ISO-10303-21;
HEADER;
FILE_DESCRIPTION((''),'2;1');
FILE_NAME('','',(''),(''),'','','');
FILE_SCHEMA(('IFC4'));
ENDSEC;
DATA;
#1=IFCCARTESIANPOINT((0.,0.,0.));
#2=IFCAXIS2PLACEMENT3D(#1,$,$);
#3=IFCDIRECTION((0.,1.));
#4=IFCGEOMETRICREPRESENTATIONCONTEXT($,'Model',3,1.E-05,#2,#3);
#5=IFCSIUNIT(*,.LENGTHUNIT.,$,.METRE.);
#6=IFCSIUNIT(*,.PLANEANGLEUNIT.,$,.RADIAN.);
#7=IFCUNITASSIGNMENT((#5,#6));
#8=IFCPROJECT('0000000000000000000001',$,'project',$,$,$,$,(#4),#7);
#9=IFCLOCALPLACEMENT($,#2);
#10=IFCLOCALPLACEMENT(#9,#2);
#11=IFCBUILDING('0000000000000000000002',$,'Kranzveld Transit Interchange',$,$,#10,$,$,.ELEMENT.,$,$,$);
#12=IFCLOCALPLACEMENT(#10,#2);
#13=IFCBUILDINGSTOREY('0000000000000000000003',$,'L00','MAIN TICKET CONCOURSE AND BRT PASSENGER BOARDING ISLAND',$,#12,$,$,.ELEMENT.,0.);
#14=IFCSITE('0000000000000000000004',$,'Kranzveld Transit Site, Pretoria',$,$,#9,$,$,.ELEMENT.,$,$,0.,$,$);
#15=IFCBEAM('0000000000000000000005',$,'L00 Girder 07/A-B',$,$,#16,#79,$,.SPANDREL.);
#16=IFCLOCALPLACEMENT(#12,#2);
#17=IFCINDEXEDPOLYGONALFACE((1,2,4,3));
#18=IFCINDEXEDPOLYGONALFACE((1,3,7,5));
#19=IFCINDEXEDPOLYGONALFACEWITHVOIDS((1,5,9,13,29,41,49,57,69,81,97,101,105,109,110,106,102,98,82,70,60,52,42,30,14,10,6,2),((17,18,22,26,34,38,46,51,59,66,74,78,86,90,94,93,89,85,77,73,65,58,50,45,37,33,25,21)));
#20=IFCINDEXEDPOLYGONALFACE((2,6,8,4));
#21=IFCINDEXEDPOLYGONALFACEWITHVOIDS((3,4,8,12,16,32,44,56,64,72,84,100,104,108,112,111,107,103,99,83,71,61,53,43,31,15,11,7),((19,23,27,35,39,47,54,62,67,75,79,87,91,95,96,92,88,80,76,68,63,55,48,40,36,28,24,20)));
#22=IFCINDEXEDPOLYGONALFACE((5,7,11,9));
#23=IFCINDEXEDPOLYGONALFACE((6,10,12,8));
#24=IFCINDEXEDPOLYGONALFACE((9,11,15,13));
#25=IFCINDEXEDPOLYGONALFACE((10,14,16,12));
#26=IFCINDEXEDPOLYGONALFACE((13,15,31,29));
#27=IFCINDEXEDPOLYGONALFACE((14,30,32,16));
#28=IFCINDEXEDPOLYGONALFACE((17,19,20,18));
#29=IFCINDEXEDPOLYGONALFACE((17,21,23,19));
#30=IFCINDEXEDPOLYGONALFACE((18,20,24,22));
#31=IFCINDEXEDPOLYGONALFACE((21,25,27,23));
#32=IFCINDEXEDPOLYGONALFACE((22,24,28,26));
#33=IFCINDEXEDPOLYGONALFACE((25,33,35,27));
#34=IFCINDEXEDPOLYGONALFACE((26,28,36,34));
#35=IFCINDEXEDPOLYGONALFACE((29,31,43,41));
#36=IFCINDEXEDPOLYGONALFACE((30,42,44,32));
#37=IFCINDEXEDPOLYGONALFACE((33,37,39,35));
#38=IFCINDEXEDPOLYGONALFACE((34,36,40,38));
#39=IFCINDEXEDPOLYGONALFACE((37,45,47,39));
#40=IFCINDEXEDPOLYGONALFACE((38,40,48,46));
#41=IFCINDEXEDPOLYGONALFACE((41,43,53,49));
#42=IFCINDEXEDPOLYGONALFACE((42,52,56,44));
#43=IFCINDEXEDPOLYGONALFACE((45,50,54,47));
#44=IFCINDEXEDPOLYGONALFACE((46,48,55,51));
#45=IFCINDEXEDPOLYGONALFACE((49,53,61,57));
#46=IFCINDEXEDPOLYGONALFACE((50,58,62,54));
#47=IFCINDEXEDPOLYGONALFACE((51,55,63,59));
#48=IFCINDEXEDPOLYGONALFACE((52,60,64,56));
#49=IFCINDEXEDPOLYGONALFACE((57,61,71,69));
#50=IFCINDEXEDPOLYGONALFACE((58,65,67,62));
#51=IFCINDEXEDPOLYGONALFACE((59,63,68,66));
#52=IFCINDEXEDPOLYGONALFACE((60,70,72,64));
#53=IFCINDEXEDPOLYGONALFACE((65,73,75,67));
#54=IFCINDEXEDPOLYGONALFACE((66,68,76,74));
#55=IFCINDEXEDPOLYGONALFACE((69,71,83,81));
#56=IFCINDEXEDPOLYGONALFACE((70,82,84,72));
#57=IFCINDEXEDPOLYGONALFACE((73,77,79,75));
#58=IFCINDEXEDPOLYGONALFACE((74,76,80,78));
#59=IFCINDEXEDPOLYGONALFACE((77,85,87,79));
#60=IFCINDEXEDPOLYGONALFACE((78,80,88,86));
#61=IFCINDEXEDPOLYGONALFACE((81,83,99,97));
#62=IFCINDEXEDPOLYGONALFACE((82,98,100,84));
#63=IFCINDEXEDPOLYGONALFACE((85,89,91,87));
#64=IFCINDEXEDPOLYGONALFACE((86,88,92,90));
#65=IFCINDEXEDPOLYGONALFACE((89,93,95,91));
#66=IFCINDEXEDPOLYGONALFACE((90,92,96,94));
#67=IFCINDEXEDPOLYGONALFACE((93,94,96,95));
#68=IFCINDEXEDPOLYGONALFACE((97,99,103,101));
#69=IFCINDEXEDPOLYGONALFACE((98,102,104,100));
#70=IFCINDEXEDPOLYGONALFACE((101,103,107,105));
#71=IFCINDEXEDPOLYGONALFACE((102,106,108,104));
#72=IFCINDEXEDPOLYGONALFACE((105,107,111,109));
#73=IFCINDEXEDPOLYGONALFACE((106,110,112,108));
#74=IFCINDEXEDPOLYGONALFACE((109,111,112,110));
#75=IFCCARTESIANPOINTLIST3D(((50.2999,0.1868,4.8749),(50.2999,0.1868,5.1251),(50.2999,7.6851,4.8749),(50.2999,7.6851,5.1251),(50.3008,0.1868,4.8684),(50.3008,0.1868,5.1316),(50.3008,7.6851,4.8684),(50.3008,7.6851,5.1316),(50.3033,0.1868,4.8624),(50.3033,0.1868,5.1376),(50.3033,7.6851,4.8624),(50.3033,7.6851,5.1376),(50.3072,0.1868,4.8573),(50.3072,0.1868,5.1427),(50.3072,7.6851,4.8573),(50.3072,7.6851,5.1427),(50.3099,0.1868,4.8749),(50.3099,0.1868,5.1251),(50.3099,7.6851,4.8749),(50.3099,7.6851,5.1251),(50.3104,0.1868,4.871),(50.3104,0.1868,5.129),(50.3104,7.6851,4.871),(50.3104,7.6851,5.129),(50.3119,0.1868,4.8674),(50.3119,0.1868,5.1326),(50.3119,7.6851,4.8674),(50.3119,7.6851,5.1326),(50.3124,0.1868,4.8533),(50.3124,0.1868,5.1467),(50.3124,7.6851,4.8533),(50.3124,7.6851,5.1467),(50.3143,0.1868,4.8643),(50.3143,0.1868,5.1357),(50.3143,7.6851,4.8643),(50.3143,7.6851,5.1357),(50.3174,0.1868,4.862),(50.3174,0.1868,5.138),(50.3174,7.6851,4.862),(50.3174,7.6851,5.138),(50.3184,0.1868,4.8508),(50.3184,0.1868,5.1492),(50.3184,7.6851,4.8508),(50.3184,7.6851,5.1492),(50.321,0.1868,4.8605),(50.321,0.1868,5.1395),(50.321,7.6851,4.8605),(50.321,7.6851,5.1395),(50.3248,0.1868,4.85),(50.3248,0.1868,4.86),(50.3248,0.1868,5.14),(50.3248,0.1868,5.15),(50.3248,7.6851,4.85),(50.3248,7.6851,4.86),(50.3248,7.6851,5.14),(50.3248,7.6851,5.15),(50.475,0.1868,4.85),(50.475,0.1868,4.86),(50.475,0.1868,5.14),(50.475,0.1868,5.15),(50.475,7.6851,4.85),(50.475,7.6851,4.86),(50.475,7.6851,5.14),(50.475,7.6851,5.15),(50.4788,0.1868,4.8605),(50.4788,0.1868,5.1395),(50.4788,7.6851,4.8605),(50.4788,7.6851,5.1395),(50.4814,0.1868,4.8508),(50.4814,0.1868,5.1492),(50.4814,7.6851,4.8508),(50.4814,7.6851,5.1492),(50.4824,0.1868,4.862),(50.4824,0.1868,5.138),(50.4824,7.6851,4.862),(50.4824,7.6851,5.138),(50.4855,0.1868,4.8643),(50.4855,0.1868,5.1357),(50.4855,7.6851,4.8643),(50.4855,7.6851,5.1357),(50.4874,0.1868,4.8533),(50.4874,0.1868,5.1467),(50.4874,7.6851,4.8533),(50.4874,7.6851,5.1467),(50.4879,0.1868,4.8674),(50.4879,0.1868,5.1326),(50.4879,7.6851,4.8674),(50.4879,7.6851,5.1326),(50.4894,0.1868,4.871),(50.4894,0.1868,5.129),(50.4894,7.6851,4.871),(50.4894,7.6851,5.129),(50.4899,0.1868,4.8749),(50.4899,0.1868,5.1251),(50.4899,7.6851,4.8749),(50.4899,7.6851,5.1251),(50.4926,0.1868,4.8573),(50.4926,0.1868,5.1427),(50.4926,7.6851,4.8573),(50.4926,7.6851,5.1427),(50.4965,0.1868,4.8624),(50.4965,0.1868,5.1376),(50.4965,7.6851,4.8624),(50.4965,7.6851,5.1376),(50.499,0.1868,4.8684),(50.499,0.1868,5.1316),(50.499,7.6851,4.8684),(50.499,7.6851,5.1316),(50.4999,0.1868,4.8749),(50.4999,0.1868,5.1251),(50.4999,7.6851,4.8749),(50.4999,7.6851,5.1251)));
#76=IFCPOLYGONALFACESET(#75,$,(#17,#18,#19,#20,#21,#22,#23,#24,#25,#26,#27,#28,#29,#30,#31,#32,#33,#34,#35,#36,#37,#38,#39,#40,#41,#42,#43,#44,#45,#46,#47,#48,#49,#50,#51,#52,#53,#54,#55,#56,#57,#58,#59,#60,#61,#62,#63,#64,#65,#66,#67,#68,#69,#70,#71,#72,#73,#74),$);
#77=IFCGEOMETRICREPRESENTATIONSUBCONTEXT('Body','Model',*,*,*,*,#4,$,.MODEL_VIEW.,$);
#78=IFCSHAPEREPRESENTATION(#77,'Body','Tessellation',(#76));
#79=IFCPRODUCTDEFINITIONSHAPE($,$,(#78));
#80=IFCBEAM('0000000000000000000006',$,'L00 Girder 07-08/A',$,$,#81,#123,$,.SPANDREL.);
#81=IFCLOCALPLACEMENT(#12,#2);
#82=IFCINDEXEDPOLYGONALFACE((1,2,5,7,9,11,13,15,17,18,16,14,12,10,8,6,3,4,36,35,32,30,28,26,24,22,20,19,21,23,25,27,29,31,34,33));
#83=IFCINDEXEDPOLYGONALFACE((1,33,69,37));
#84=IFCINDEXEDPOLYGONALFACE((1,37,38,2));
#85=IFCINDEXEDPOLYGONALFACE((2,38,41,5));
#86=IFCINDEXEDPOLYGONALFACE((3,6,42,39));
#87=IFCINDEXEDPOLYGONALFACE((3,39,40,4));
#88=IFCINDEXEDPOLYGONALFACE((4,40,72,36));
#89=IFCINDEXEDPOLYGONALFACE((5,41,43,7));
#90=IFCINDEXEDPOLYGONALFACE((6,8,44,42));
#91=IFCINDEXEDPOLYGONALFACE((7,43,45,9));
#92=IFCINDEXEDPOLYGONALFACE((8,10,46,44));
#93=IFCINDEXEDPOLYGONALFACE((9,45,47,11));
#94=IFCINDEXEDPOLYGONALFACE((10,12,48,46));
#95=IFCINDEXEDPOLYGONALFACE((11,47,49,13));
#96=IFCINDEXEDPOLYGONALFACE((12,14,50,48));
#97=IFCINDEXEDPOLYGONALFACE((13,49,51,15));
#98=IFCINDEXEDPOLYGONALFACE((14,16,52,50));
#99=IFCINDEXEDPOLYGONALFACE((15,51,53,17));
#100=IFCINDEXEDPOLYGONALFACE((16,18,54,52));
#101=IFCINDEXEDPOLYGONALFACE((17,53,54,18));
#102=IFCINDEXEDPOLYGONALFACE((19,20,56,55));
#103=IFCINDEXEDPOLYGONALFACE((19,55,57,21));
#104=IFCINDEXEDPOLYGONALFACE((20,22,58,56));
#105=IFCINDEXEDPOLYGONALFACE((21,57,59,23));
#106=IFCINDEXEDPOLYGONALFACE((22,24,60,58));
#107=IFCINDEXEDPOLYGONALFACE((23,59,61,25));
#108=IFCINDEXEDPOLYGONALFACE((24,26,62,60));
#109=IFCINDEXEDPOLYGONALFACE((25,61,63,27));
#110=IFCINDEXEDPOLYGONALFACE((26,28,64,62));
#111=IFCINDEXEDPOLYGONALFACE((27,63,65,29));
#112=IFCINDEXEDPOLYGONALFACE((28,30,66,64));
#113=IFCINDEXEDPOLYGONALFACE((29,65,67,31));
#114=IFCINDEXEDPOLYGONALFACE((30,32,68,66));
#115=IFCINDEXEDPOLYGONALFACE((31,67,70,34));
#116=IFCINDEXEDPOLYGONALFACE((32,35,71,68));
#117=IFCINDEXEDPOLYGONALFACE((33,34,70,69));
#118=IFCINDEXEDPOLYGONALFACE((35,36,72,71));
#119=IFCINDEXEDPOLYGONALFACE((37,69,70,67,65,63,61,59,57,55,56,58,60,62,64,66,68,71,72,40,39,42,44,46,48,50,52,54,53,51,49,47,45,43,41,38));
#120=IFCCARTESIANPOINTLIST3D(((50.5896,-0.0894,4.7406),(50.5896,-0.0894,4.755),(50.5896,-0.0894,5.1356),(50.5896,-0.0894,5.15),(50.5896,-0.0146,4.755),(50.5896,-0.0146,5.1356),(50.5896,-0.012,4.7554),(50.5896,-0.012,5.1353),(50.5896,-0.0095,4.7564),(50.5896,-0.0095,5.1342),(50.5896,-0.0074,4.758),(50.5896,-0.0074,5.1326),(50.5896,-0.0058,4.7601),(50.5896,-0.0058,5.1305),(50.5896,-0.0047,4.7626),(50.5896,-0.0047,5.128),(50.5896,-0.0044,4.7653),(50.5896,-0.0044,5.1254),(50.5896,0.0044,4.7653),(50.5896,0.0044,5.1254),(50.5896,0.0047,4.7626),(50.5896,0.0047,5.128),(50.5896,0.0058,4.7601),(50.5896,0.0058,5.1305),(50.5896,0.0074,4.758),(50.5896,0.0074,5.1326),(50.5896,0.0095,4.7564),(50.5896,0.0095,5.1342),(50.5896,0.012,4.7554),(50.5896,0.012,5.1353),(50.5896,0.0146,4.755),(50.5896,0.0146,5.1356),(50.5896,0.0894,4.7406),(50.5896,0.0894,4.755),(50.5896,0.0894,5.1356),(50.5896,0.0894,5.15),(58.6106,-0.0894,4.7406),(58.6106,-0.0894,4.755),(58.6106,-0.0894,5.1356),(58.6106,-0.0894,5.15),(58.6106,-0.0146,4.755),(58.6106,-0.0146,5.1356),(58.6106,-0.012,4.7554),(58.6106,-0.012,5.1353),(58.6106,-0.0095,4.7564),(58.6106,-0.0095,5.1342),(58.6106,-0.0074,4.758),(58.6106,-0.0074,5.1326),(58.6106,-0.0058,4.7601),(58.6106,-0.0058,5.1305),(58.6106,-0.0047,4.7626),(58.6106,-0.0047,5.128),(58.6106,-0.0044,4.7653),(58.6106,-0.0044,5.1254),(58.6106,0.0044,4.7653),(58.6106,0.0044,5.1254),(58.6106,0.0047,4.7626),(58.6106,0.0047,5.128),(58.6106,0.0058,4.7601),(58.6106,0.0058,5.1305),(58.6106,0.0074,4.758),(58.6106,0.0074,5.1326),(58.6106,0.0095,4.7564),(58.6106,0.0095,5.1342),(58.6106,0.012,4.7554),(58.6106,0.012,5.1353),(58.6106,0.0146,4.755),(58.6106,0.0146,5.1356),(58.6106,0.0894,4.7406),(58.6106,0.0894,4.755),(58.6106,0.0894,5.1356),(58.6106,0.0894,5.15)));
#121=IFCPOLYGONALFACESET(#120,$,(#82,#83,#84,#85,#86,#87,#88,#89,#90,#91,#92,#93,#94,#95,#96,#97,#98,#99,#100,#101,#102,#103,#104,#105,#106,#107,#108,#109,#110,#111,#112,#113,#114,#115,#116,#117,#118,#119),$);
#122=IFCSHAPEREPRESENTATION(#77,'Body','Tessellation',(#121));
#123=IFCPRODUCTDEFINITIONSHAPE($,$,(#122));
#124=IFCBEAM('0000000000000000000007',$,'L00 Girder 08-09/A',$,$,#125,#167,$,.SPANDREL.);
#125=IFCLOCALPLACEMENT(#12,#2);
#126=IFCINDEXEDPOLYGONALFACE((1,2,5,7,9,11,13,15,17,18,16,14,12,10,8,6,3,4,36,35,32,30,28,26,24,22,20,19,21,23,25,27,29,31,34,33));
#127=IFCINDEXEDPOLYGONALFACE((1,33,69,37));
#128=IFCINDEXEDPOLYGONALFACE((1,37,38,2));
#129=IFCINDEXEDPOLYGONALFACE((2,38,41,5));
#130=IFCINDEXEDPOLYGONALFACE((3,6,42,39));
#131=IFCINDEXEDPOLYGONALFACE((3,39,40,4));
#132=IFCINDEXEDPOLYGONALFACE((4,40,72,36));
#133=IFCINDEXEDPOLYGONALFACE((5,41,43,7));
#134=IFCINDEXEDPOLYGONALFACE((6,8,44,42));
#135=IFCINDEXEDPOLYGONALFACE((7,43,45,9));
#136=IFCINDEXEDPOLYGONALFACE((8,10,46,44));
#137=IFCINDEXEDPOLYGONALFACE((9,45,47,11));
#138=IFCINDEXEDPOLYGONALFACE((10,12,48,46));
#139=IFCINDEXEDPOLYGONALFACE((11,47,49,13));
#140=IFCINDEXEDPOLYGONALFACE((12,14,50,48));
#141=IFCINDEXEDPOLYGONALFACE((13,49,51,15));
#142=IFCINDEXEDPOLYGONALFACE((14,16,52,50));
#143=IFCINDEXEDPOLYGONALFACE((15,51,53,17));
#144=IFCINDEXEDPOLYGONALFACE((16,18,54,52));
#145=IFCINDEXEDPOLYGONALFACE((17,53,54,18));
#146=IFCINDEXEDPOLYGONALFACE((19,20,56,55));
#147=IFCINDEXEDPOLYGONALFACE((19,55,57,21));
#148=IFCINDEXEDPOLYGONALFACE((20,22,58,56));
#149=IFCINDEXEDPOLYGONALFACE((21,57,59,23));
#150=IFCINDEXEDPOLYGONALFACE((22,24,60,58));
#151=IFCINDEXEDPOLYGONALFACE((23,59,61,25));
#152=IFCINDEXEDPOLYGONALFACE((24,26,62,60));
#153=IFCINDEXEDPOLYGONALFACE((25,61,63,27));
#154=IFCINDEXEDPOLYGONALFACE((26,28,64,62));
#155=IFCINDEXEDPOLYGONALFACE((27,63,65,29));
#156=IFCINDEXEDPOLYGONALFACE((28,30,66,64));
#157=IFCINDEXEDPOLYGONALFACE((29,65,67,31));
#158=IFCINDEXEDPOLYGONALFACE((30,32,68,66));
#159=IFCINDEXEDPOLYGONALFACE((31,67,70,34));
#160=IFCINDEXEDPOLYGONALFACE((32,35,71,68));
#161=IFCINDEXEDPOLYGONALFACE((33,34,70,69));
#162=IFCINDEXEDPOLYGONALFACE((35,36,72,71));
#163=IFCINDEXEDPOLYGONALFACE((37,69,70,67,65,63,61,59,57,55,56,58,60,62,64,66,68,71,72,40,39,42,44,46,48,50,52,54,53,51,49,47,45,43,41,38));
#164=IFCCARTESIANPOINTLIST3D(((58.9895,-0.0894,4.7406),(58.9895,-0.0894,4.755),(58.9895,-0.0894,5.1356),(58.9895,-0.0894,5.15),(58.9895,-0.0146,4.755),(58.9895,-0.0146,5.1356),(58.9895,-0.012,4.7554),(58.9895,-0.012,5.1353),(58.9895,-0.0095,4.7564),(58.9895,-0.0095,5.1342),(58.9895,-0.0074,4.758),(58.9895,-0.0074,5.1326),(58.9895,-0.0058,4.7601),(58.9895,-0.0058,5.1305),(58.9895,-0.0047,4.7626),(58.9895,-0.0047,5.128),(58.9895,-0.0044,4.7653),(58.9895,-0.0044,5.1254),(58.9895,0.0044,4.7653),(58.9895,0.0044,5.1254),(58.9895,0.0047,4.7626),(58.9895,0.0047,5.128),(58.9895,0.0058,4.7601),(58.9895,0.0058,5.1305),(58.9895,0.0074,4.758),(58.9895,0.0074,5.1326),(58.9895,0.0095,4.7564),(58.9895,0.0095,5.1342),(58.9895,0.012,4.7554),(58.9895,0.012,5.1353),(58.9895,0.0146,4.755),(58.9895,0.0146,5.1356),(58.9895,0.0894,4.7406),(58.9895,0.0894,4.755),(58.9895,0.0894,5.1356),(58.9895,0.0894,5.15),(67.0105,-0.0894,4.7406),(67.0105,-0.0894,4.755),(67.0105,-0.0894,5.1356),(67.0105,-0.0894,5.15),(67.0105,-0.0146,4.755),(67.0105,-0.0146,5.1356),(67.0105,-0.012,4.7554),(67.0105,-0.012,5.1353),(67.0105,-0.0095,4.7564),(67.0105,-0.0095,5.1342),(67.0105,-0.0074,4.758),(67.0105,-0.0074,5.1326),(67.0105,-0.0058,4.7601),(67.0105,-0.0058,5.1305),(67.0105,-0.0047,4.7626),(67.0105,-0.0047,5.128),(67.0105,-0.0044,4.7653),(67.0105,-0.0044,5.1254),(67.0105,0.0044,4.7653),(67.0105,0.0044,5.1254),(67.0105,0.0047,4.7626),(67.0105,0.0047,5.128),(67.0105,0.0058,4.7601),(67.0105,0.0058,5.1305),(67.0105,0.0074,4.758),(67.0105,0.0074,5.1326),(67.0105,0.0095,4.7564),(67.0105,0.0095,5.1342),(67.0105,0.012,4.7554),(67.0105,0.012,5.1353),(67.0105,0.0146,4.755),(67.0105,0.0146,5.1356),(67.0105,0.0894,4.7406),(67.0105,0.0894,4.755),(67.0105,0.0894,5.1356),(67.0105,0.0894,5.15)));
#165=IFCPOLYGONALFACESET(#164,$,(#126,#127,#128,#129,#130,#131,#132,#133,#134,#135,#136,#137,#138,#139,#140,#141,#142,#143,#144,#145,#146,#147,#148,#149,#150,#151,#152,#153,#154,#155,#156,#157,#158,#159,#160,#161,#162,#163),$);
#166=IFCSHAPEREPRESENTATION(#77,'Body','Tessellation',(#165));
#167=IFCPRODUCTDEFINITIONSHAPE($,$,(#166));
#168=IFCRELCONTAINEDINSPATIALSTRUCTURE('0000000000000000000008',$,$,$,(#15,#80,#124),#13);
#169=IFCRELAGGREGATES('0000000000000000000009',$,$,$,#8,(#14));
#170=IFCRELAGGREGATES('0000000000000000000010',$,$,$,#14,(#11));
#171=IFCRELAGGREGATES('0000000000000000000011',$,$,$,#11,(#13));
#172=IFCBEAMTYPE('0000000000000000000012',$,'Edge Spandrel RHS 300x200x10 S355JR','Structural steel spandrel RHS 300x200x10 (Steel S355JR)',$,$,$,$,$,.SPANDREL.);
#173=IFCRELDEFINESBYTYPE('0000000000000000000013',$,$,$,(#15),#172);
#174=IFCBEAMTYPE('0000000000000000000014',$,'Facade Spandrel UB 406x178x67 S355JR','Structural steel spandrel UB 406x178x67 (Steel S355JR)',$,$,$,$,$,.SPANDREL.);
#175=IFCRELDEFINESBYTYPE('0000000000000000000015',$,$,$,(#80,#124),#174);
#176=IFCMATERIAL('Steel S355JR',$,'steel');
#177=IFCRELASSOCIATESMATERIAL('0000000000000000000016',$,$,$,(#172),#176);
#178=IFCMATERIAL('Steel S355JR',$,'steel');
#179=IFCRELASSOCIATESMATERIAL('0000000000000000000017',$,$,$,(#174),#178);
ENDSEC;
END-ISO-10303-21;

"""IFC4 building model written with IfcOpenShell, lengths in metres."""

from ifc_helpers import new_model, si_unit, direction, frame, origin, origin_2d, place, context, subcontext, project, spatial, hollow_rectangle, i_section, extrude, material, material_profile, profile_set, type_object, element, save


model = new_model("IFC4")

# Units and contexts
model_context = context("Model", 3, precision=1e-05, world=origin(), true_north=direction((0.0, 1.0)))
body_context = subcontext(model_context, "Body", "Model", "MODEL_VIEW")
ifc_project = project(units=[si_unit("LENGTHUNIT", "METRE"), si_unit("PLANEANGLEUNIT", "RADIAN")], contexts=[model_context])

# Site, building, storey
site_placement = place(None, origin())
site = spatial("IfcSite", under=ifc_project, at=site_placement, Name="Kranzveld Transit Site, Pretoria", CompositionType="ELEMENT", RefElevation=0.0)
building_placement = place(site_placement, origin())
building = spatial("IfcBuilding", under=site, at=building_placement, Name="Kranzveld Transit Interchange", CompositionType="ELEMENT")
storey_placement = place(building_placement, origin())
storey = spatial("IfcBuildingStorey", under=building, at=storey_placement, Name="L00", Description="MAIN TICKET CONCOURSE AND BRT PASSENGER BOARDING ISLAND", CompositionType="ELEMENT", Elevation=0.0)

# Beams
ifc_material_1 = material(Name="Steel S355JR", Category="steel")
ifc_material_profile_1 = material_profile(ifc_material_1, hollow_rectangle(XDim=0.2, YDim=0.3, WallThickness=0.01, InnerFilletRadius=0.0149, OuterFilletRadius=0.0249, at=origin_2d()), Name="RHS 300x200x10")
ifc_profile_set_1 = profile_set([ifc_material_profile_1], Name="Steel S355JR")
beam_type_1 = type_object("IfcBeamType", Name="Edge Spandrel RHS 300x200x10 S355JR", Description="Structural steel spandrel RHS 300x200x10 (Steel S355JR)", PredefinedType="SPANDREL", material=ifc_profile_set_1)
beam_1_placement = place(storey_placement, frame((50.3999, 0.1868, 5.0), z_axis=(0.0, 1.0, 0.0), x_axis=(-1.0, 0.0, 0.0)))
element("IfcBeam", 1, at=beam_1_placement, inside=storey, type_object=beam_type_1, Name="L00 Girder 07/A-B", PredefinedType="SPANDREL", context=body_context, shape_type="SweptSolid", body=[
    extrude(hollow_rectangle(XDim=0.2, YDim=0.3, WallThickness=0.01, InnerFilletRadius=0.0149, OuterFilletRadius=0.0249, at=origin_2d()), origin(), (0.0, 0.0, 1.0), 7.4983),
])
ifc_material_2 = material(Name="Steel S355JR", Category="steel")
ifc_material_profile_2 = material_profile(ifc_material_2, i_section(OverallWidth=0.1787, OverallDepth=0.4094, WebThickness=0.0088, FlangeThickness=0.0144, FilletRadius=0.0103, at=origin_2d()), Name="UB 406x178x67")
ifc_profile_set_2 = profile_set([ifc_material_profile_2], Name="Steel S355JR")
beam_type_2 = type_object("IfcBeamType", Name="Facade Spandrel UB 406x178x67 S355JR", Description="Structural steel spandrel UB 406x178x67 (Steel S355JR)", PredefinedType="SPANDREL", material=ifc_profile_set_2)
for number, where, z_axis, x_axis, name in (
    (2, (50.5896, 0.0, 4.9453), (1.0, 0.0, 0.0), (0.0, 1.0, 0.0), "L00 Girder 07-08/A"),
    (3, (58.9895, 0.0, 4.9453), (1.0, 0.0, 0.0), (0.0, 1.0, 0.0), "L00 Girder 08-09/A"),
):
    element("IfcBeam", number, at=place(storey_placement, frame(where, z_axis=z_axis, x_axis=x_axis)), inside=storey, type_object=beam_type_2, Name=name, PredefinedType="SPANDREL", context=body_context, shape_type="SweptSolid", body=[
        extrude(i_section(OverallWidth=0.1787, OverallDepth=0.4094, WebThickness=0.0088, FlangeThickness=0.0144, FilletRadius=0.0103, at=origin_2d()), origin(), (0.0, 0.0, 1.0), 8.021),
    ])

save(model, "model.ifc")
